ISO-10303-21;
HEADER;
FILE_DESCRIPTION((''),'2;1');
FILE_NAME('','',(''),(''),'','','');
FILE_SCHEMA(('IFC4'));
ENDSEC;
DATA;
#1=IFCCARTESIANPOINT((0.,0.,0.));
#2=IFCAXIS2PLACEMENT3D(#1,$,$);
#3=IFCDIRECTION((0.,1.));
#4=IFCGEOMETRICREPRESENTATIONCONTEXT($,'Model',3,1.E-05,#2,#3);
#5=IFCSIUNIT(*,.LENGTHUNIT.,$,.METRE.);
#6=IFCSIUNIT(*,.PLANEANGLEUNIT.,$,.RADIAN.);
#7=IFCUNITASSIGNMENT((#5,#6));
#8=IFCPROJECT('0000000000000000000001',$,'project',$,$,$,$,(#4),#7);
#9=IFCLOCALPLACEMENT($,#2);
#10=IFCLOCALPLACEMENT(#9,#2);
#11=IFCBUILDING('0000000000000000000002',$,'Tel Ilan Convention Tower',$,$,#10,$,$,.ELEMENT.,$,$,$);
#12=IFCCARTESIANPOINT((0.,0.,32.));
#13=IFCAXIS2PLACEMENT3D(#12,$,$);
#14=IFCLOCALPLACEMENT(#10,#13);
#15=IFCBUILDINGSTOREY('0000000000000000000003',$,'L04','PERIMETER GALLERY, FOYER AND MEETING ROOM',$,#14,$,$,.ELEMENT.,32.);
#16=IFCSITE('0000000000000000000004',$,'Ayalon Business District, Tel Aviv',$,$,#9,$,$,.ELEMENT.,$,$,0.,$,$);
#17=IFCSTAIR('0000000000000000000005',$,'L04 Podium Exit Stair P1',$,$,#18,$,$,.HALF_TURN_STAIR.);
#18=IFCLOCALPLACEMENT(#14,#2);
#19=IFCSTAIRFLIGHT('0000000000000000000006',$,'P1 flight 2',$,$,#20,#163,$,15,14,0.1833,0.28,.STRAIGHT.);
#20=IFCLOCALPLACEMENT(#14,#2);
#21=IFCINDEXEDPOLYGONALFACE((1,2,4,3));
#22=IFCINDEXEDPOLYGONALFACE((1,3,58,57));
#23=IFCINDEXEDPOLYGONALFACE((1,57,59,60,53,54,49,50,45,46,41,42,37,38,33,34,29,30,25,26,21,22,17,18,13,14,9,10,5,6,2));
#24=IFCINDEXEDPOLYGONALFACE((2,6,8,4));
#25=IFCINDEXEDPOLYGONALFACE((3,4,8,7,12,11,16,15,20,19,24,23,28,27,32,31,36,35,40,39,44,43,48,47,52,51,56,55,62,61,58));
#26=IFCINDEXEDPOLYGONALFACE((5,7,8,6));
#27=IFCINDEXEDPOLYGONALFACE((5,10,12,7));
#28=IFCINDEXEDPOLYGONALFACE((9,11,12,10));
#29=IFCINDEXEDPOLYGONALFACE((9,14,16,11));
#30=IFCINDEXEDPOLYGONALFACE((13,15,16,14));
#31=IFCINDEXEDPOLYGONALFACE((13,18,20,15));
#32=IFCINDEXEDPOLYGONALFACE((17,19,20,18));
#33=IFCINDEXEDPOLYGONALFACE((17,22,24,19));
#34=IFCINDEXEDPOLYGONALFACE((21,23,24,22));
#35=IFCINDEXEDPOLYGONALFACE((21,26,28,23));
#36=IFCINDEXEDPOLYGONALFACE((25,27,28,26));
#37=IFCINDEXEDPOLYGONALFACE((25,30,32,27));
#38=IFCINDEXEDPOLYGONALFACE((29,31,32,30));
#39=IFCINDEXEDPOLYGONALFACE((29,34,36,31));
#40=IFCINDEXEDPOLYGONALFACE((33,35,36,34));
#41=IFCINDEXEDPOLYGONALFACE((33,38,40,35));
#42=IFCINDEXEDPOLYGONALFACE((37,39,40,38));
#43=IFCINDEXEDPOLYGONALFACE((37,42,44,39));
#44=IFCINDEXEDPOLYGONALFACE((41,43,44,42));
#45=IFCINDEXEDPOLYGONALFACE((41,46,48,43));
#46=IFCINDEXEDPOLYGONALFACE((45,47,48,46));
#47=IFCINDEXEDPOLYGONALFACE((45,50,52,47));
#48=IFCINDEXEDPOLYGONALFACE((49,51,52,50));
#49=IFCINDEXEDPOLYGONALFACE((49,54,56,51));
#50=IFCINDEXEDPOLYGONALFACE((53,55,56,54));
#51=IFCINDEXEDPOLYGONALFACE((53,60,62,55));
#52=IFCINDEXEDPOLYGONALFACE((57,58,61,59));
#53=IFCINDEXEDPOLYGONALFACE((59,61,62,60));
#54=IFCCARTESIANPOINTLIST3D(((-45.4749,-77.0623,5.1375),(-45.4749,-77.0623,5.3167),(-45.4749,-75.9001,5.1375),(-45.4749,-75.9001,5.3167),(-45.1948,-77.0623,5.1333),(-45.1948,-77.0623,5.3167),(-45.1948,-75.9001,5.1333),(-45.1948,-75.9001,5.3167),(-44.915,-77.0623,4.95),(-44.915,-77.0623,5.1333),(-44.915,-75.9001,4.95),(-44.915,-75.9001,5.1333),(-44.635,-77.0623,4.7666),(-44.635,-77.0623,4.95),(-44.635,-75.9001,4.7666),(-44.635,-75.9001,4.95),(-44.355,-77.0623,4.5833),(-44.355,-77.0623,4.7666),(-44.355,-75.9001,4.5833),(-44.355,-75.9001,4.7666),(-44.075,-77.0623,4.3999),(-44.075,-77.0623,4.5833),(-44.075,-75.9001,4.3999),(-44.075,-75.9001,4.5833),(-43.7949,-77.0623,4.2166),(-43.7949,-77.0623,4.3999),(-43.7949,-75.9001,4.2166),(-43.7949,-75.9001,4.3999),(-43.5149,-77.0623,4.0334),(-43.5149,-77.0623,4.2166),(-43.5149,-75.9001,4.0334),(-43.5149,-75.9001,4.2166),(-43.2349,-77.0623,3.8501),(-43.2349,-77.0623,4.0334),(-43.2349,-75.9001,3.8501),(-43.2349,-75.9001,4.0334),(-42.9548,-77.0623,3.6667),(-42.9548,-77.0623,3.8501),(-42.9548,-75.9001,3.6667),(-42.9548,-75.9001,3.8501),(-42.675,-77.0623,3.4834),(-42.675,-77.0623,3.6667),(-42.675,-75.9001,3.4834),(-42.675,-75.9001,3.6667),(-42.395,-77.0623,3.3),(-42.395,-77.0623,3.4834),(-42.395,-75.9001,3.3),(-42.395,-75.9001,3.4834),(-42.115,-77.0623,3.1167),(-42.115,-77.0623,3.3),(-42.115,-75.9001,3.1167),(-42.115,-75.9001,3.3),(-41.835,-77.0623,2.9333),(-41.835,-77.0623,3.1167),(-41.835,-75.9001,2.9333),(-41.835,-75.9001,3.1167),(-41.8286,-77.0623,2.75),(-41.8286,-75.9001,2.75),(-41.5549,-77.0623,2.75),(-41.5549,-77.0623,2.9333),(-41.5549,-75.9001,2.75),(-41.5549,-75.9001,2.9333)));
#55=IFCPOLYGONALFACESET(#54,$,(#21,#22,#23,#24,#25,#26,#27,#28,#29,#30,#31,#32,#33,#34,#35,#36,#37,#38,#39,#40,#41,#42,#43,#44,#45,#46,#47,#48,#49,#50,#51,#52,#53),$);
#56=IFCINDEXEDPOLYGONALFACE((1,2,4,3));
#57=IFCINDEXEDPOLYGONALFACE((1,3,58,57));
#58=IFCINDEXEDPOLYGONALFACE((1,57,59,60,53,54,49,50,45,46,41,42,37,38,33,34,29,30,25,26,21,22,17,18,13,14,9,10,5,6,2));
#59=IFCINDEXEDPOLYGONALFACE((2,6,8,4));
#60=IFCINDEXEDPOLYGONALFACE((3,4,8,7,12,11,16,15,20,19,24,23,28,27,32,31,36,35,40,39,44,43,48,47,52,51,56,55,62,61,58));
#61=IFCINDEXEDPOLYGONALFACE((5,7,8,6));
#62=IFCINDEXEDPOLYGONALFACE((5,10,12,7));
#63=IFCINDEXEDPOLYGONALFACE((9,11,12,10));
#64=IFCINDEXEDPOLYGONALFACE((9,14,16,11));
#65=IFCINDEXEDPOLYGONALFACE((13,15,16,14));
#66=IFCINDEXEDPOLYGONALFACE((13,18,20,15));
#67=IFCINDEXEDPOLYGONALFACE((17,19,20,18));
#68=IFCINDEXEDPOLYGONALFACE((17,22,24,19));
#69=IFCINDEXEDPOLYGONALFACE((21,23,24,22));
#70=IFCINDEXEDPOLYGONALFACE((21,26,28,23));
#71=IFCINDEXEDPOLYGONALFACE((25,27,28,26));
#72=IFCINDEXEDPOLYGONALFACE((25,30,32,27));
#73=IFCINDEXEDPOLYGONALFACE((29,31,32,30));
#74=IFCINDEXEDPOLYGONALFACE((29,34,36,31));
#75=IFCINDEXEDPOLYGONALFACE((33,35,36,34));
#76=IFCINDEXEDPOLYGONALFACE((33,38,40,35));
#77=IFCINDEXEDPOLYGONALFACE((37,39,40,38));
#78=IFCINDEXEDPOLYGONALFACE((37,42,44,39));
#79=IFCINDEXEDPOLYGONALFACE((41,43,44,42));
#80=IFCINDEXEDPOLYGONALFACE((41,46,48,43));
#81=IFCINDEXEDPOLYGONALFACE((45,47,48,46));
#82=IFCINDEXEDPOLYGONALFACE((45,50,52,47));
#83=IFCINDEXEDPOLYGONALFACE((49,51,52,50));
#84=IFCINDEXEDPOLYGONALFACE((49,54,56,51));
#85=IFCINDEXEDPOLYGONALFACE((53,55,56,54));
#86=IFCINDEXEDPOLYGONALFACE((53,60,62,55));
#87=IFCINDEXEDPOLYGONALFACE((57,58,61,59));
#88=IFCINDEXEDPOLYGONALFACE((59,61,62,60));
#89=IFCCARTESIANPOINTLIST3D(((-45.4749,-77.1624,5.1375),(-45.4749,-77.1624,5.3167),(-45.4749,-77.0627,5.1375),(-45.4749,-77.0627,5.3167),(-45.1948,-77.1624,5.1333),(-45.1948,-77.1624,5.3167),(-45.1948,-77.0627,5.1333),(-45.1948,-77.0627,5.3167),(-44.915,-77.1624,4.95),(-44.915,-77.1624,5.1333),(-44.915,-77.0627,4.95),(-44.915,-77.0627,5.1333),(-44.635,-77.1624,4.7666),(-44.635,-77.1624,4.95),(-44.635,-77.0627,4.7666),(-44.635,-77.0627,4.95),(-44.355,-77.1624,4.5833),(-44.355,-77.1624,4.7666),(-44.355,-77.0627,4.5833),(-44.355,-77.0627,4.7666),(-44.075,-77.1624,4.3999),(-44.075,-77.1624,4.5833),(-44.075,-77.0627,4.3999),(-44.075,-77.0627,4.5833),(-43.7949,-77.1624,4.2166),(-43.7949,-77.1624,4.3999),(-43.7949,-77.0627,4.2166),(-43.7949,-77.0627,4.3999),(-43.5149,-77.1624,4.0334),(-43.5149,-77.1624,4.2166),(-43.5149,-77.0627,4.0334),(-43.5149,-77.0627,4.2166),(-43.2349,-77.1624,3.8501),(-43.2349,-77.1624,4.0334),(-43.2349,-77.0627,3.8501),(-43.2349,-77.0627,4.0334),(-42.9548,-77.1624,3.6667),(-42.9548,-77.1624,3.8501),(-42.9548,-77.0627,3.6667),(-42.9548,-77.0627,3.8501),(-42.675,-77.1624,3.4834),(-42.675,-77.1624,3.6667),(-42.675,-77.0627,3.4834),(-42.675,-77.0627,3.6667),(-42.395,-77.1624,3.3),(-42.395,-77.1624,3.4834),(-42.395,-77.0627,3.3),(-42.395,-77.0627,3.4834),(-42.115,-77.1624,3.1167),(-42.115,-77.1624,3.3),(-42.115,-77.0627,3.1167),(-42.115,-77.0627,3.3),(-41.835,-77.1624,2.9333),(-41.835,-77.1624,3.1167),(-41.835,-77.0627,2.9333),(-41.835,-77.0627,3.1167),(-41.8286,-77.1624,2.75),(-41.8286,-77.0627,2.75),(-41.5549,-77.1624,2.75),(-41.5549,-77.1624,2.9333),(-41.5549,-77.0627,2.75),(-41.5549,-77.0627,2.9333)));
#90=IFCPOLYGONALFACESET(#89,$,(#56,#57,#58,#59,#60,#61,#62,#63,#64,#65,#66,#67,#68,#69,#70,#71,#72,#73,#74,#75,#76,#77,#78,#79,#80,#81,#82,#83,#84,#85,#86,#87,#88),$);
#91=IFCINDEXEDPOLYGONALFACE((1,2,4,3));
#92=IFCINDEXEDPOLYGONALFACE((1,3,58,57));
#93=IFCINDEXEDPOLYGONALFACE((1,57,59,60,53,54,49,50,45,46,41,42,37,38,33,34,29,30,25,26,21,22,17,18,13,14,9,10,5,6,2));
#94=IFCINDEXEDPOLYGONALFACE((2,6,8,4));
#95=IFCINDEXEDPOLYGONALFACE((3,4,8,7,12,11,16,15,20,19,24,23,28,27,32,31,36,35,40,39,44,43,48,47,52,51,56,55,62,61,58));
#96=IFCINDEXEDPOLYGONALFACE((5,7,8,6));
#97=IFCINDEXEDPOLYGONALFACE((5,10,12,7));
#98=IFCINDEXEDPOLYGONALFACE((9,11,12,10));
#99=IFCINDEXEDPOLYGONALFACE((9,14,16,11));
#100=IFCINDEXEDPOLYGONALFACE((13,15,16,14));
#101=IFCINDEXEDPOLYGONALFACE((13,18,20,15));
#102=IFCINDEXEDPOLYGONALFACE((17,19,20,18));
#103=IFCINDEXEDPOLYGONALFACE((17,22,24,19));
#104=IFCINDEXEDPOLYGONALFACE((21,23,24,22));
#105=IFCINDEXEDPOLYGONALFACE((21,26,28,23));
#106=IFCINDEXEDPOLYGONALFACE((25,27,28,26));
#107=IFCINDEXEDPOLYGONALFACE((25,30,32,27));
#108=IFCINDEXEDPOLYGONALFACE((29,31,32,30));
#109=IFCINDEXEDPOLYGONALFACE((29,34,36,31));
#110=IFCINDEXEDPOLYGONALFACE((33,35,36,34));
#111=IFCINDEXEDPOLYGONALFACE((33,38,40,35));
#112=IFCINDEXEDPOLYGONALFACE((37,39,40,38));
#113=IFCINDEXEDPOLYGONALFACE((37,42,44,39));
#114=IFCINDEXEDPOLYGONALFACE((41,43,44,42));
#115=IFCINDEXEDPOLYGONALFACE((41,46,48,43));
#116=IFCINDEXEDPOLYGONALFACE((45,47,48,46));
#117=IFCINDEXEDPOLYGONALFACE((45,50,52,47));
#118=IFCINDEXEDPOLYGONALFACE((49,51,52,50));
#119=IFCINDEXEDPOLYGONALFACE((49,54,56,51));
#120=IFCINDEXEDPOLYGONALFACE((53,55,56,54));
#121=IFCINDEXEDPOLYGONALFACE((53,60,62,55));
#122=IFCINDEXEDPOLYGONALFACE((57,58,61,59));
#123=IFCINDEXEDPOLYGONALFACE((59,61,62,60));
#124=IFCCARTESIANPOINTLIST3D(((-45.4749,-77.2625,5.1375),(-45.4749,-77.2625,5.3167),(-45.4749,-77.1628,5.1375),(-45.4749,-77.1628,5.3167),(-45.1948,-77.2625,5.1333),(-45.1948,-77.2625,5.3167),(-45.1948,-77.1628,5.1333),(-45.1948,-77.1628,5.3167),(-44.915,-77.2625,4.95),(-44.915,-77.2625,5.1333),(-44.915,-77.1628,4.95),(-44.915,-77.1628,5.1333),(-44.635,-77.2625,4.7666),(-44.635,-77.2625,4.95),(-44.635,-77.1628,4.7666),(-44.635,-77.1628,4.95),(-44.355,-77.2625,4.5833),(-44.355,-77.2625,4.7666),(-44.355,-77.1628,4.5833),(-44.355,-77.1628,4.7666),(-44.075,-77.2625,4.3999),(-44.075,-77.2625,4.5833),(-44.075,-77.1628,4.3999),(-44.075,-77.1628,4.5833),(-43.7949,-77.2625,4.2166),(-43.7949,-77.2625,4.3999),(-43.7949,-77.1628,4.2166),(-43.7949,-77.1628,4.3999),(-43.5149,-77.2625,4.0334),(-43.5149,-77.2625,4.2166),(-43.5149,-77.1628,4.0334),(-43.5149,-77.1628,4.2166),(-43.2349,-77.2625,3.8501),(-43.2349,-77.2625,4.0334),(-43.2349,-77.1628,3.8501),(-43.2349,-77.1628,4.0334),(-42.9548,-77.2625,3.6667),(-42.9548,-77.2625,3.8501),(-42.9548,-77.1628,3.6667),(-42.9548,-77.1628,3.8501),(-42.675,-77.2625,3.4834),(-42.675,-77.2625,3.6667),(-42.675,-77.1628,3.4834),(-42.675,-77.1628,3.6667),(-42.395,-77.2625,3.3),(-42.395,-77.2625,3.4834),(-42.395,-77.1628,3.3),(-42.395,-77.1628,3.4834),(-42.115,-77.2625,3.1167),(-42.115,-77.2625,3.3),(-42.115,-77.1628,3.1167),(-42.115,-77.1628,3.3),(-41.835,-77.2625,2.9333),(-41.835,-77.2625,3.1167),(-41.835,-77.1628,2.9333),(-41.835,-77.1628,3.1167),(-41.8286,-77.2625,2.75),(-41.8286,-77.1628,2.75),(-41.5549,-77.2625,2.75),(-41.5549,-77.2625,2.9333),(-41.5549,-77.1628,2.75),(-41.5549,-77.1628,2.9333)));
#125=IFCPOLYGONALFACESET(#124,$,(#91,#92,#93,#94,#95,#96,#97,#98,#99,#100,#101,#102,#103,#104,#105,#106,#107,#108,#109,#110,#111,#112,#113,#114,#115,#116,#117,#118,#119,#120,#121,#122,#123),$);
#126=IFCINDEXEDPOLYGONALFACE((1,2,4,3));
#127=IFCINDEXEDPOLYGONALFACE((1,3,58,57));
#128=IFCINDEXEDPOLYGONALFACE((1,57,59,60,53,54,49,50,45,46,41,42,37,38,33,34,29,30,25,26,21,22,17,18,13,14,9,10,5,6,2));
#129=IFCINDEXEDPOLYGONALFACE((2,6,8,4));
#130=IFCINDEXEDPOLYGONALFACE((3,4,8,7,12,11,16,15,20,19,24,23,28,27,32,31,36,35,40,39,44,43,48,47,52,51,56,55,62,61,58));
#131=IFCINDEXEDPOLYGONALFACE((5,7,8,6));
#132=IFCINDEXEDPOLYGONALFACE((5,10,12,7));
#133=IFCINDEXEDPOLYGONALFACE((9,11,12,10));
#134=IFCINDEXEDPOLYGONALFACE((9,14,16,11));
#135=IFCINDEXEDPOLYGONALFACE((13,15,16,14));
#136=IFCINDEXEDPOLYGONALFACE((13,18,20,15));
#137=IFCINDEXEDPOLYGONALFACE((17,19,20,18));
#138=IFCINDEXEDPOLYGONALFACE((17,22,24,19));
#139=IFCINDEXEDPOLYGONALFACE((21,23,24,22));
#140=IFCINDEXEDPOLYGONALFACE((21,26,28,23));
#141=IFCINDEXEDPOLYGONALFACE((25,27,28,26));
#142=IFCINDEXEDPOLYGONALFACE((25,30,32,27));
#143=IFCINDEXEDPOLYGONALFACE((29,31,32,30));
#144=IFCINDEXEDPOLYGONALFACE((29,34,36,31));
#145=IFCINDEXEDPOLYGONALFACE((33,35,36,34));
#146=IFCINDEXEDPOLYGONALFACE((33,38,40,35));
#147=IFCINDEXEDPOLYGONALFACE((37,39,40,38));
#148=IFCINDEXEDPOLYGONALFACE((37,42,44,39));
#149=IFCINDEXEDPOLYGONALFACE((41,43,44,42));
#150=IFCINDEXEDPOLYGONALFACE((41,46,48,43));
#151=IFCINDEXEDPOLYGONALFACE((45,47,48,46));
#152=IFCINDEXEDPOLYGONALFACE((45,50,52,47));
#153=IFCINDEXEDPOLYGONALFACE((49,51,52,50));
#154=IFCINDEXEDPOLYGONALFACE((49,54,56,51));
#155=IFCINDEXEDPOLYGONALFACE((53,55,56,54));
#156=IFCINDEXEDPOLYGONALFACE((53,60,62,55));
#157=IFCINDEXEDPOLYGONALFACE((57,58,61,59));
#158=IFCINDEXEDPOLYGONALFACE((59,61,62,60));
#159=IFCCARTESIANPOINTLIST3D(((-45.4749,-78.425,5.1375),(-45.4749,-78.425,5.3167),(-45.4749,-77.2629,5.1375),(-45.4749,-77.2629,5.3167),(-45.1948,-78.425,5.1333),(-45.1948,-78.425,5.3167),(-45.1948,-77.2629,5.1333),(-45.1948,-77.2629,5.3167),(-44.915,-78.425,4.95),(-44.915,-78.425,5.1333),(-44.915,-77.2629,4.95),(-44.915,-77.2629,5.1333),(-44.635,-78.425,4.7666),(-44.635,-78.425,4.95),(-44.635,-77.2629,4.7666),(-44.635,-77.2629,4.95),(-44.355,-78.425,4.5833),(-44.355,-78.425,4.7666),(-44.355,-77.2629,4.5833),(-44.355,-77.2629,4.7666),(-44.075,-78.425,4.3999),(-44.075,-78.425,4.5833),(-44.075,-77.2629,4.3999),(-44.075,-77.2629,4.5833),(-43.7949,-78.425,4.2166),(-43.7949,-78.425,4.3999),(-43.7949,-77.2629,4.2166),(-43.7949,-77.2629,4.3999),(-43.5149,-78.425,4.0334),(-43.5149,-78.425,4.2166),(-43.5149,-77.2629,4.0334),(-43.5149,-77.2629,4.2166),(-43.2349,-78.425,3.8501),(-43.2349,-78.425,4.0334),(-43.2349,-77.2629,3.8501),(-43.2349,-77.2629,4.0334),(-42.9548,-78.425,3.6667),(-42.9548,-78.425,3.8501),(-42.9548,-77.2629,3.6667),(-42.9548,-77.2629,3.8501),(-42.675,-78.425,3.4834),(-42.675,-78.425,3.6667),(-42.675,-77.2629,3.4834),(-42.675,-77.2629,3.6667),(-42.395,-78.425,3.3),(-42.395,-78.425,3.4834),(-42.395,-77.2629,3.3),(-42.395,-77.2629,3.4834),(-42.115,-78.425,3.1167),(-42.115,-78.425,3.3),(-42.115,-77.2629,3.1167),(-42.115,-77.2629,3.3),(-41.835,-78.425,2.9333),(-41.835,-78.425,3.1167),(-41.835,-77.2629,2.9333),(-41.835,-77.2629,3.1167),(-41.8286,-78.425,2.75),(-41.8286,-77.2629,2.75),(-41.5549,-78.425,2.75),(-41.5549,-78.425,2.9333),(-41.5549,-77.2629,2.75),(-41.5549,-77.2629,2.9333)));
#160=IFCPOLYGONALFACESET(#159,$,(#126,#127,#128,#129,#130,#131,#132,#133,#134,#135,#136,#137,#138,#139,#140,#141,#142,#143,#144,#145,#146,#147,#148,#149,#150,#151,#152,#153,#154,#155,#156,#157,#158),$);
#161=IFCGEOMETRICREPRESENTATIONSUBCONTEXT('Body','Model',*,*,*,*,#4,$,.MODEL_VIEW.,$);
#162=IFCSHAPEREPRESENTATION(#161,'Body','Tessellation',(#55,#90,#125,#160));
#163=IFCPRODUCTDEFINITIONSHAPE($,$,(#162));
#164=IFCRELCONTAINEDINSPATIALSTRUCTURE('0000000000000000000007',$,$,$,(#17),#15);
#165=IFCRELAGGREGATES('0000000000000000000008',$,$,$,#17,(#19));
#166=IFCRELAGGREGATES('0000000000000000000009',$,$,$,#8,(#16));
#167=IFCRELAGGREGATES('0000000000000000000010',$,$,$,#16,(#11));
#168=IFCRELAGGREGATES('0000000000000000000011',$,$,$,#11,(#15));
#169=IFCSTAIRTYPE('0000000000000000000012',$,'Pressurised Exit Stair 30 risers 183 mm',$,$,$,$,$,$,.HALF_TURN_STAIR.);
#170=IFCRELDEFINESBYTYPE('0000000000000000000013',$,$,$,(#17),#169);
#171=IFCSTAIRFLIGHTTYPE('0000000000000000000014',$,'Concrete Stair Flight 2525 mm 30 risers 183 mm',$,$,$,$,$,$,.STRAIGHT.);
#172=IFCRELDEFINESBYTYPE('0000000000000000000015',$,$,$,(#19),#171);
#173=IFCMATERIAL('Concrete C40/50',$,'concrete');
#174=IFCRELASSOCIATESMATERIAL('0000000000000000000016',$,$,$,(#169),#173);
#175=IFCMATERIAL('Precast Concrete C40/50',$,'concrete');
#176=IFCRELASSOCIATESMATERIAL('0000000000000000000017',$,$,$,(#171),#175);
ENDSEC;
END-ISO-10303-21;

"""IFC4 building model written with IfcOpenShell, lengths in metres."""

from ifc_helpers import new_model, si_unit, direction, frame, origin, place, context, subcontext, project, spatial, polyline, outline, extrude, material, type_object, element, aggregate, save


model = new_model("IFC4")

# Units and contexts
model_context = context("Model", 3, precision=1e-05, world=origin(), true_north=direction((0.0, 1.0)))
body_context = subcontext(model_context, "Body", "Model", "MODEL_VIEW")
ifc_project = project(units=[si_unit("LENGTHUNIT", "METRE"), si_unit("PLANEANGLEUNIT", "RADIAN")], contexts=[model_context])

# Site, building, storey
site_placement = place(None, origin())
site = spatial("IfcSite", under=ifc_project, at=site_placement, Name="Ayalon Business District, Tel Aviv", CompositionType="ELEMENT", RefElevation=0.0)
building_placement = place(site_placement, origin())
building = spatial("IfcBuilding", under=site, at=building_placement, Name="Tel Ilan Convention Tower", CompositionType="ELEMENT")
storey_placement = place(building_placement, frame((0.0, 0.0, 32.0)))
storey = spatial("IfcBuildingStorey", under=building, at=storey_placement, Name="L04", Description="PERIMETER GALLERY, FOYER AND MEETING ROOM", CompositionType="ELEMENT", Elevation=32.0)

# Stair, stair flight
ifc_material_1 = material(Name="Concrete C40/50", Category="concrete")
stair_type = type_object("IfcStairType", Name="Pressurised Exit Stair 30 risers 183 mm", PredefinedType="HALF_TURN_STAIR", material=ifc_material_1)
stair_placement = place(storey_placement, origin())
stair = element("IfcStair", 1, at=stair_placement, inside=storey, type_object=stair_type, Name="L04 Podium Exit Stair P1", PredefinedType="HALF_TURN_STAIR")
ifc_material_2 = material(Name="Precast Concrete C40/50", Category="concrete")
stair_flight_type = type_object("IfcStairFlightType", Name="Concrete Stair Flight 2525 mm 30 risers 183 mm", PredefinedType="STRAIGHT", material=ifc_material_2)
stair_flight_placement = place(storey_placement, frame((-41.5549, -77.1626, 2.75), z_axis=(0.0, 0.0, 1.0), x_axis=(-1.0, 0.0, 0.0)))
stair_flight = element("IfcStairFlight", 2, at=stair_flight_placement, type_object=stair_flight_type, Name="P1 flight 2", NumberOfRisers=15, NumberOfTreads=14, PredefinedType="STRAIGHT", RiserHeight=0.1833, TreadLength=0.28, context=body_context, shape_type="SweptSolid", body=[
    extrude(outline(polyline([(0.0, 0.0), (0.0, 0.1833), (0.28, 0.1833), (0.28, 0.3667), (0.5601, 0.3667), (0.5601, 0.55), (0.8401, 0.55), (0.8401, 0.7334), (1.1201, 0.7334), (1.1201, 0.9167), (1.3999, 0.9167), (1.3999, 1.1001), (1.6799, 1.1001), (1.6799, 1.2834), (1.96, 1.2834), (1.96, 1.4666), (2.24, 1.4666), (2.24, 1.6499), (2.52, 1.6499), (2.52, 1.8333), (2.8, 1.8333), (2.8, 2.0166), (3.0801, 2.0166), (3.0801, 2.2), (3.3601, 2.2), (3.3601, 2.3833), (3.6399, 2.3833), (3.6399, 2.5667), (3.9199, 2.5667), (3.9199, 2.75), (3.9199, 2.3875), (0.2737, 0.0), (0.0, 0.0)])), frame((0.0, -0.1003, 0.0), z_axis=(0.0, -1.0, 0.0), x_axis=(1.0, 0.0, 0.0)), (0.0, 0.0, 1.0), 1.1621),
    extrude(outline(polyline([(0.0, 0.0), (0.0, 0.1833), (0.28, 0.1833), (0.28, 0.3667), (0.5601, 0.3667), (0.5601, 0.55), (0.8401, 0.55), (0.8401, 0.7334), (1.1201, 0.7334), (1.1201, 0.9167), (1.3999, 0.9167), (1.3999, 1.1001), (1.6799, 1.1001), (1.6799, 1.2834), (1.96, 1.2834), (1.96, 1.4666), (2.24, 1.4666), (2.24, 1.6499), (2.52, 1.6499), (2.52, 1.8333), (2.8, 1.8333), (2.8, 2.0166), (3.0801, 2.0166), (3.0801, 2.2), (3.3601, 2.2), (3.3601, 2.3833), (3.6399, 2.3833), (3.6399, 2.5667), (3.9199, 2.5667), (3.9199, 2.75), (3.9199, 2.3875), (0.2737, 0.0), (0.0, 0.0)])), frame((0.0, -0.0002, 0.0), z_axis=(0.0, -1.0, 0.0), x_axis=(1.0, 0.0, 0.0)), (0.0, 0.0, 1.0), 0.0996),
    extrude(outline(polyline([(0.0, 0.0), (0.0, 0.1833), (0.28, 0.1833), (0.28, 0.3667), (0.5601, 0.3667), (0.5601, 0.55), (0.8401, 0.55), (0.8401, 0.7334), (1.1201, 0.7334), (1.1201, 0.9167), (1.3999, 0.9167), (1.3999, 1.1001), (1.6799, 1.1001), (1.6799, 1.2834), (1.96, 1.2834), (1.96, 1.4666), (2.24, 1.4666), (2.24, 1.6499), (2.52, 1.6499), (2.52, 1.8333), (2.8, 1.8333), (2.8, 2.0166), (3.0801, 2.0166), (3.0801, 2.2), (3.3601, 2.2), (3.3601, 2.3833), (3.6399, 2.3833), (3.6399, 2.5667), (3.9199, 2.5667), (3.9199, 2.75), (3.9199, 2.3875), (0.2737, 0.0), (0.0, 0.0)])), frame((0.0, 0.0999, 0.0), z_axis=(0.0, -1.0, 0.0), x_axis=(1.0, 0.0, 0.0)), (0.0, 0.0, 1.0), 0.0996),
    extrude(outline(polyline([(0.0, 0.0), (0.0, 0.1833), (0.28, 0.1833), (0.28, 0.3667), (0.5601, 0.3667), (0.5601, 0.55), (0.8401, 0.55), (0.8401, 0.7334), (1.1201, 0.7334), (1.1201, 0.9167), (1.3999, 0.9167), (1.3999, 1.1001), (1.6799, 1.1001), (1.6799, 1.2834), (1.96, 1.2834), (1.96, 1.4666), (2.24, 1.4666), (2.24, 1.6499), (2.52, 1.6499), (2.52, 1.8333), (2.8, 1.8333), (2.8, 2.0166), (3.0801, 2.0166), (3.0801, 2.2), (3.3601, 2.2), (3.3601, 2.3833), (3.6399, 2.3833), (3.6399, 2.5667), (3.9199, 2.5667), (3.9199, 2.75), (3.9199, 2.3875), (0.2737, 0.0), (0.0, 0.0)])), frame((0.0, 1.2625, 0.0), z_axis=(0.0, -1.0, 0.0), x_axis=(1.0, 0.0, 0.0)), (0.0, 0.0, 1.0), 1.1621),
])
aggregate(stair, [stair_flight])

save(model, "model.ifc")
